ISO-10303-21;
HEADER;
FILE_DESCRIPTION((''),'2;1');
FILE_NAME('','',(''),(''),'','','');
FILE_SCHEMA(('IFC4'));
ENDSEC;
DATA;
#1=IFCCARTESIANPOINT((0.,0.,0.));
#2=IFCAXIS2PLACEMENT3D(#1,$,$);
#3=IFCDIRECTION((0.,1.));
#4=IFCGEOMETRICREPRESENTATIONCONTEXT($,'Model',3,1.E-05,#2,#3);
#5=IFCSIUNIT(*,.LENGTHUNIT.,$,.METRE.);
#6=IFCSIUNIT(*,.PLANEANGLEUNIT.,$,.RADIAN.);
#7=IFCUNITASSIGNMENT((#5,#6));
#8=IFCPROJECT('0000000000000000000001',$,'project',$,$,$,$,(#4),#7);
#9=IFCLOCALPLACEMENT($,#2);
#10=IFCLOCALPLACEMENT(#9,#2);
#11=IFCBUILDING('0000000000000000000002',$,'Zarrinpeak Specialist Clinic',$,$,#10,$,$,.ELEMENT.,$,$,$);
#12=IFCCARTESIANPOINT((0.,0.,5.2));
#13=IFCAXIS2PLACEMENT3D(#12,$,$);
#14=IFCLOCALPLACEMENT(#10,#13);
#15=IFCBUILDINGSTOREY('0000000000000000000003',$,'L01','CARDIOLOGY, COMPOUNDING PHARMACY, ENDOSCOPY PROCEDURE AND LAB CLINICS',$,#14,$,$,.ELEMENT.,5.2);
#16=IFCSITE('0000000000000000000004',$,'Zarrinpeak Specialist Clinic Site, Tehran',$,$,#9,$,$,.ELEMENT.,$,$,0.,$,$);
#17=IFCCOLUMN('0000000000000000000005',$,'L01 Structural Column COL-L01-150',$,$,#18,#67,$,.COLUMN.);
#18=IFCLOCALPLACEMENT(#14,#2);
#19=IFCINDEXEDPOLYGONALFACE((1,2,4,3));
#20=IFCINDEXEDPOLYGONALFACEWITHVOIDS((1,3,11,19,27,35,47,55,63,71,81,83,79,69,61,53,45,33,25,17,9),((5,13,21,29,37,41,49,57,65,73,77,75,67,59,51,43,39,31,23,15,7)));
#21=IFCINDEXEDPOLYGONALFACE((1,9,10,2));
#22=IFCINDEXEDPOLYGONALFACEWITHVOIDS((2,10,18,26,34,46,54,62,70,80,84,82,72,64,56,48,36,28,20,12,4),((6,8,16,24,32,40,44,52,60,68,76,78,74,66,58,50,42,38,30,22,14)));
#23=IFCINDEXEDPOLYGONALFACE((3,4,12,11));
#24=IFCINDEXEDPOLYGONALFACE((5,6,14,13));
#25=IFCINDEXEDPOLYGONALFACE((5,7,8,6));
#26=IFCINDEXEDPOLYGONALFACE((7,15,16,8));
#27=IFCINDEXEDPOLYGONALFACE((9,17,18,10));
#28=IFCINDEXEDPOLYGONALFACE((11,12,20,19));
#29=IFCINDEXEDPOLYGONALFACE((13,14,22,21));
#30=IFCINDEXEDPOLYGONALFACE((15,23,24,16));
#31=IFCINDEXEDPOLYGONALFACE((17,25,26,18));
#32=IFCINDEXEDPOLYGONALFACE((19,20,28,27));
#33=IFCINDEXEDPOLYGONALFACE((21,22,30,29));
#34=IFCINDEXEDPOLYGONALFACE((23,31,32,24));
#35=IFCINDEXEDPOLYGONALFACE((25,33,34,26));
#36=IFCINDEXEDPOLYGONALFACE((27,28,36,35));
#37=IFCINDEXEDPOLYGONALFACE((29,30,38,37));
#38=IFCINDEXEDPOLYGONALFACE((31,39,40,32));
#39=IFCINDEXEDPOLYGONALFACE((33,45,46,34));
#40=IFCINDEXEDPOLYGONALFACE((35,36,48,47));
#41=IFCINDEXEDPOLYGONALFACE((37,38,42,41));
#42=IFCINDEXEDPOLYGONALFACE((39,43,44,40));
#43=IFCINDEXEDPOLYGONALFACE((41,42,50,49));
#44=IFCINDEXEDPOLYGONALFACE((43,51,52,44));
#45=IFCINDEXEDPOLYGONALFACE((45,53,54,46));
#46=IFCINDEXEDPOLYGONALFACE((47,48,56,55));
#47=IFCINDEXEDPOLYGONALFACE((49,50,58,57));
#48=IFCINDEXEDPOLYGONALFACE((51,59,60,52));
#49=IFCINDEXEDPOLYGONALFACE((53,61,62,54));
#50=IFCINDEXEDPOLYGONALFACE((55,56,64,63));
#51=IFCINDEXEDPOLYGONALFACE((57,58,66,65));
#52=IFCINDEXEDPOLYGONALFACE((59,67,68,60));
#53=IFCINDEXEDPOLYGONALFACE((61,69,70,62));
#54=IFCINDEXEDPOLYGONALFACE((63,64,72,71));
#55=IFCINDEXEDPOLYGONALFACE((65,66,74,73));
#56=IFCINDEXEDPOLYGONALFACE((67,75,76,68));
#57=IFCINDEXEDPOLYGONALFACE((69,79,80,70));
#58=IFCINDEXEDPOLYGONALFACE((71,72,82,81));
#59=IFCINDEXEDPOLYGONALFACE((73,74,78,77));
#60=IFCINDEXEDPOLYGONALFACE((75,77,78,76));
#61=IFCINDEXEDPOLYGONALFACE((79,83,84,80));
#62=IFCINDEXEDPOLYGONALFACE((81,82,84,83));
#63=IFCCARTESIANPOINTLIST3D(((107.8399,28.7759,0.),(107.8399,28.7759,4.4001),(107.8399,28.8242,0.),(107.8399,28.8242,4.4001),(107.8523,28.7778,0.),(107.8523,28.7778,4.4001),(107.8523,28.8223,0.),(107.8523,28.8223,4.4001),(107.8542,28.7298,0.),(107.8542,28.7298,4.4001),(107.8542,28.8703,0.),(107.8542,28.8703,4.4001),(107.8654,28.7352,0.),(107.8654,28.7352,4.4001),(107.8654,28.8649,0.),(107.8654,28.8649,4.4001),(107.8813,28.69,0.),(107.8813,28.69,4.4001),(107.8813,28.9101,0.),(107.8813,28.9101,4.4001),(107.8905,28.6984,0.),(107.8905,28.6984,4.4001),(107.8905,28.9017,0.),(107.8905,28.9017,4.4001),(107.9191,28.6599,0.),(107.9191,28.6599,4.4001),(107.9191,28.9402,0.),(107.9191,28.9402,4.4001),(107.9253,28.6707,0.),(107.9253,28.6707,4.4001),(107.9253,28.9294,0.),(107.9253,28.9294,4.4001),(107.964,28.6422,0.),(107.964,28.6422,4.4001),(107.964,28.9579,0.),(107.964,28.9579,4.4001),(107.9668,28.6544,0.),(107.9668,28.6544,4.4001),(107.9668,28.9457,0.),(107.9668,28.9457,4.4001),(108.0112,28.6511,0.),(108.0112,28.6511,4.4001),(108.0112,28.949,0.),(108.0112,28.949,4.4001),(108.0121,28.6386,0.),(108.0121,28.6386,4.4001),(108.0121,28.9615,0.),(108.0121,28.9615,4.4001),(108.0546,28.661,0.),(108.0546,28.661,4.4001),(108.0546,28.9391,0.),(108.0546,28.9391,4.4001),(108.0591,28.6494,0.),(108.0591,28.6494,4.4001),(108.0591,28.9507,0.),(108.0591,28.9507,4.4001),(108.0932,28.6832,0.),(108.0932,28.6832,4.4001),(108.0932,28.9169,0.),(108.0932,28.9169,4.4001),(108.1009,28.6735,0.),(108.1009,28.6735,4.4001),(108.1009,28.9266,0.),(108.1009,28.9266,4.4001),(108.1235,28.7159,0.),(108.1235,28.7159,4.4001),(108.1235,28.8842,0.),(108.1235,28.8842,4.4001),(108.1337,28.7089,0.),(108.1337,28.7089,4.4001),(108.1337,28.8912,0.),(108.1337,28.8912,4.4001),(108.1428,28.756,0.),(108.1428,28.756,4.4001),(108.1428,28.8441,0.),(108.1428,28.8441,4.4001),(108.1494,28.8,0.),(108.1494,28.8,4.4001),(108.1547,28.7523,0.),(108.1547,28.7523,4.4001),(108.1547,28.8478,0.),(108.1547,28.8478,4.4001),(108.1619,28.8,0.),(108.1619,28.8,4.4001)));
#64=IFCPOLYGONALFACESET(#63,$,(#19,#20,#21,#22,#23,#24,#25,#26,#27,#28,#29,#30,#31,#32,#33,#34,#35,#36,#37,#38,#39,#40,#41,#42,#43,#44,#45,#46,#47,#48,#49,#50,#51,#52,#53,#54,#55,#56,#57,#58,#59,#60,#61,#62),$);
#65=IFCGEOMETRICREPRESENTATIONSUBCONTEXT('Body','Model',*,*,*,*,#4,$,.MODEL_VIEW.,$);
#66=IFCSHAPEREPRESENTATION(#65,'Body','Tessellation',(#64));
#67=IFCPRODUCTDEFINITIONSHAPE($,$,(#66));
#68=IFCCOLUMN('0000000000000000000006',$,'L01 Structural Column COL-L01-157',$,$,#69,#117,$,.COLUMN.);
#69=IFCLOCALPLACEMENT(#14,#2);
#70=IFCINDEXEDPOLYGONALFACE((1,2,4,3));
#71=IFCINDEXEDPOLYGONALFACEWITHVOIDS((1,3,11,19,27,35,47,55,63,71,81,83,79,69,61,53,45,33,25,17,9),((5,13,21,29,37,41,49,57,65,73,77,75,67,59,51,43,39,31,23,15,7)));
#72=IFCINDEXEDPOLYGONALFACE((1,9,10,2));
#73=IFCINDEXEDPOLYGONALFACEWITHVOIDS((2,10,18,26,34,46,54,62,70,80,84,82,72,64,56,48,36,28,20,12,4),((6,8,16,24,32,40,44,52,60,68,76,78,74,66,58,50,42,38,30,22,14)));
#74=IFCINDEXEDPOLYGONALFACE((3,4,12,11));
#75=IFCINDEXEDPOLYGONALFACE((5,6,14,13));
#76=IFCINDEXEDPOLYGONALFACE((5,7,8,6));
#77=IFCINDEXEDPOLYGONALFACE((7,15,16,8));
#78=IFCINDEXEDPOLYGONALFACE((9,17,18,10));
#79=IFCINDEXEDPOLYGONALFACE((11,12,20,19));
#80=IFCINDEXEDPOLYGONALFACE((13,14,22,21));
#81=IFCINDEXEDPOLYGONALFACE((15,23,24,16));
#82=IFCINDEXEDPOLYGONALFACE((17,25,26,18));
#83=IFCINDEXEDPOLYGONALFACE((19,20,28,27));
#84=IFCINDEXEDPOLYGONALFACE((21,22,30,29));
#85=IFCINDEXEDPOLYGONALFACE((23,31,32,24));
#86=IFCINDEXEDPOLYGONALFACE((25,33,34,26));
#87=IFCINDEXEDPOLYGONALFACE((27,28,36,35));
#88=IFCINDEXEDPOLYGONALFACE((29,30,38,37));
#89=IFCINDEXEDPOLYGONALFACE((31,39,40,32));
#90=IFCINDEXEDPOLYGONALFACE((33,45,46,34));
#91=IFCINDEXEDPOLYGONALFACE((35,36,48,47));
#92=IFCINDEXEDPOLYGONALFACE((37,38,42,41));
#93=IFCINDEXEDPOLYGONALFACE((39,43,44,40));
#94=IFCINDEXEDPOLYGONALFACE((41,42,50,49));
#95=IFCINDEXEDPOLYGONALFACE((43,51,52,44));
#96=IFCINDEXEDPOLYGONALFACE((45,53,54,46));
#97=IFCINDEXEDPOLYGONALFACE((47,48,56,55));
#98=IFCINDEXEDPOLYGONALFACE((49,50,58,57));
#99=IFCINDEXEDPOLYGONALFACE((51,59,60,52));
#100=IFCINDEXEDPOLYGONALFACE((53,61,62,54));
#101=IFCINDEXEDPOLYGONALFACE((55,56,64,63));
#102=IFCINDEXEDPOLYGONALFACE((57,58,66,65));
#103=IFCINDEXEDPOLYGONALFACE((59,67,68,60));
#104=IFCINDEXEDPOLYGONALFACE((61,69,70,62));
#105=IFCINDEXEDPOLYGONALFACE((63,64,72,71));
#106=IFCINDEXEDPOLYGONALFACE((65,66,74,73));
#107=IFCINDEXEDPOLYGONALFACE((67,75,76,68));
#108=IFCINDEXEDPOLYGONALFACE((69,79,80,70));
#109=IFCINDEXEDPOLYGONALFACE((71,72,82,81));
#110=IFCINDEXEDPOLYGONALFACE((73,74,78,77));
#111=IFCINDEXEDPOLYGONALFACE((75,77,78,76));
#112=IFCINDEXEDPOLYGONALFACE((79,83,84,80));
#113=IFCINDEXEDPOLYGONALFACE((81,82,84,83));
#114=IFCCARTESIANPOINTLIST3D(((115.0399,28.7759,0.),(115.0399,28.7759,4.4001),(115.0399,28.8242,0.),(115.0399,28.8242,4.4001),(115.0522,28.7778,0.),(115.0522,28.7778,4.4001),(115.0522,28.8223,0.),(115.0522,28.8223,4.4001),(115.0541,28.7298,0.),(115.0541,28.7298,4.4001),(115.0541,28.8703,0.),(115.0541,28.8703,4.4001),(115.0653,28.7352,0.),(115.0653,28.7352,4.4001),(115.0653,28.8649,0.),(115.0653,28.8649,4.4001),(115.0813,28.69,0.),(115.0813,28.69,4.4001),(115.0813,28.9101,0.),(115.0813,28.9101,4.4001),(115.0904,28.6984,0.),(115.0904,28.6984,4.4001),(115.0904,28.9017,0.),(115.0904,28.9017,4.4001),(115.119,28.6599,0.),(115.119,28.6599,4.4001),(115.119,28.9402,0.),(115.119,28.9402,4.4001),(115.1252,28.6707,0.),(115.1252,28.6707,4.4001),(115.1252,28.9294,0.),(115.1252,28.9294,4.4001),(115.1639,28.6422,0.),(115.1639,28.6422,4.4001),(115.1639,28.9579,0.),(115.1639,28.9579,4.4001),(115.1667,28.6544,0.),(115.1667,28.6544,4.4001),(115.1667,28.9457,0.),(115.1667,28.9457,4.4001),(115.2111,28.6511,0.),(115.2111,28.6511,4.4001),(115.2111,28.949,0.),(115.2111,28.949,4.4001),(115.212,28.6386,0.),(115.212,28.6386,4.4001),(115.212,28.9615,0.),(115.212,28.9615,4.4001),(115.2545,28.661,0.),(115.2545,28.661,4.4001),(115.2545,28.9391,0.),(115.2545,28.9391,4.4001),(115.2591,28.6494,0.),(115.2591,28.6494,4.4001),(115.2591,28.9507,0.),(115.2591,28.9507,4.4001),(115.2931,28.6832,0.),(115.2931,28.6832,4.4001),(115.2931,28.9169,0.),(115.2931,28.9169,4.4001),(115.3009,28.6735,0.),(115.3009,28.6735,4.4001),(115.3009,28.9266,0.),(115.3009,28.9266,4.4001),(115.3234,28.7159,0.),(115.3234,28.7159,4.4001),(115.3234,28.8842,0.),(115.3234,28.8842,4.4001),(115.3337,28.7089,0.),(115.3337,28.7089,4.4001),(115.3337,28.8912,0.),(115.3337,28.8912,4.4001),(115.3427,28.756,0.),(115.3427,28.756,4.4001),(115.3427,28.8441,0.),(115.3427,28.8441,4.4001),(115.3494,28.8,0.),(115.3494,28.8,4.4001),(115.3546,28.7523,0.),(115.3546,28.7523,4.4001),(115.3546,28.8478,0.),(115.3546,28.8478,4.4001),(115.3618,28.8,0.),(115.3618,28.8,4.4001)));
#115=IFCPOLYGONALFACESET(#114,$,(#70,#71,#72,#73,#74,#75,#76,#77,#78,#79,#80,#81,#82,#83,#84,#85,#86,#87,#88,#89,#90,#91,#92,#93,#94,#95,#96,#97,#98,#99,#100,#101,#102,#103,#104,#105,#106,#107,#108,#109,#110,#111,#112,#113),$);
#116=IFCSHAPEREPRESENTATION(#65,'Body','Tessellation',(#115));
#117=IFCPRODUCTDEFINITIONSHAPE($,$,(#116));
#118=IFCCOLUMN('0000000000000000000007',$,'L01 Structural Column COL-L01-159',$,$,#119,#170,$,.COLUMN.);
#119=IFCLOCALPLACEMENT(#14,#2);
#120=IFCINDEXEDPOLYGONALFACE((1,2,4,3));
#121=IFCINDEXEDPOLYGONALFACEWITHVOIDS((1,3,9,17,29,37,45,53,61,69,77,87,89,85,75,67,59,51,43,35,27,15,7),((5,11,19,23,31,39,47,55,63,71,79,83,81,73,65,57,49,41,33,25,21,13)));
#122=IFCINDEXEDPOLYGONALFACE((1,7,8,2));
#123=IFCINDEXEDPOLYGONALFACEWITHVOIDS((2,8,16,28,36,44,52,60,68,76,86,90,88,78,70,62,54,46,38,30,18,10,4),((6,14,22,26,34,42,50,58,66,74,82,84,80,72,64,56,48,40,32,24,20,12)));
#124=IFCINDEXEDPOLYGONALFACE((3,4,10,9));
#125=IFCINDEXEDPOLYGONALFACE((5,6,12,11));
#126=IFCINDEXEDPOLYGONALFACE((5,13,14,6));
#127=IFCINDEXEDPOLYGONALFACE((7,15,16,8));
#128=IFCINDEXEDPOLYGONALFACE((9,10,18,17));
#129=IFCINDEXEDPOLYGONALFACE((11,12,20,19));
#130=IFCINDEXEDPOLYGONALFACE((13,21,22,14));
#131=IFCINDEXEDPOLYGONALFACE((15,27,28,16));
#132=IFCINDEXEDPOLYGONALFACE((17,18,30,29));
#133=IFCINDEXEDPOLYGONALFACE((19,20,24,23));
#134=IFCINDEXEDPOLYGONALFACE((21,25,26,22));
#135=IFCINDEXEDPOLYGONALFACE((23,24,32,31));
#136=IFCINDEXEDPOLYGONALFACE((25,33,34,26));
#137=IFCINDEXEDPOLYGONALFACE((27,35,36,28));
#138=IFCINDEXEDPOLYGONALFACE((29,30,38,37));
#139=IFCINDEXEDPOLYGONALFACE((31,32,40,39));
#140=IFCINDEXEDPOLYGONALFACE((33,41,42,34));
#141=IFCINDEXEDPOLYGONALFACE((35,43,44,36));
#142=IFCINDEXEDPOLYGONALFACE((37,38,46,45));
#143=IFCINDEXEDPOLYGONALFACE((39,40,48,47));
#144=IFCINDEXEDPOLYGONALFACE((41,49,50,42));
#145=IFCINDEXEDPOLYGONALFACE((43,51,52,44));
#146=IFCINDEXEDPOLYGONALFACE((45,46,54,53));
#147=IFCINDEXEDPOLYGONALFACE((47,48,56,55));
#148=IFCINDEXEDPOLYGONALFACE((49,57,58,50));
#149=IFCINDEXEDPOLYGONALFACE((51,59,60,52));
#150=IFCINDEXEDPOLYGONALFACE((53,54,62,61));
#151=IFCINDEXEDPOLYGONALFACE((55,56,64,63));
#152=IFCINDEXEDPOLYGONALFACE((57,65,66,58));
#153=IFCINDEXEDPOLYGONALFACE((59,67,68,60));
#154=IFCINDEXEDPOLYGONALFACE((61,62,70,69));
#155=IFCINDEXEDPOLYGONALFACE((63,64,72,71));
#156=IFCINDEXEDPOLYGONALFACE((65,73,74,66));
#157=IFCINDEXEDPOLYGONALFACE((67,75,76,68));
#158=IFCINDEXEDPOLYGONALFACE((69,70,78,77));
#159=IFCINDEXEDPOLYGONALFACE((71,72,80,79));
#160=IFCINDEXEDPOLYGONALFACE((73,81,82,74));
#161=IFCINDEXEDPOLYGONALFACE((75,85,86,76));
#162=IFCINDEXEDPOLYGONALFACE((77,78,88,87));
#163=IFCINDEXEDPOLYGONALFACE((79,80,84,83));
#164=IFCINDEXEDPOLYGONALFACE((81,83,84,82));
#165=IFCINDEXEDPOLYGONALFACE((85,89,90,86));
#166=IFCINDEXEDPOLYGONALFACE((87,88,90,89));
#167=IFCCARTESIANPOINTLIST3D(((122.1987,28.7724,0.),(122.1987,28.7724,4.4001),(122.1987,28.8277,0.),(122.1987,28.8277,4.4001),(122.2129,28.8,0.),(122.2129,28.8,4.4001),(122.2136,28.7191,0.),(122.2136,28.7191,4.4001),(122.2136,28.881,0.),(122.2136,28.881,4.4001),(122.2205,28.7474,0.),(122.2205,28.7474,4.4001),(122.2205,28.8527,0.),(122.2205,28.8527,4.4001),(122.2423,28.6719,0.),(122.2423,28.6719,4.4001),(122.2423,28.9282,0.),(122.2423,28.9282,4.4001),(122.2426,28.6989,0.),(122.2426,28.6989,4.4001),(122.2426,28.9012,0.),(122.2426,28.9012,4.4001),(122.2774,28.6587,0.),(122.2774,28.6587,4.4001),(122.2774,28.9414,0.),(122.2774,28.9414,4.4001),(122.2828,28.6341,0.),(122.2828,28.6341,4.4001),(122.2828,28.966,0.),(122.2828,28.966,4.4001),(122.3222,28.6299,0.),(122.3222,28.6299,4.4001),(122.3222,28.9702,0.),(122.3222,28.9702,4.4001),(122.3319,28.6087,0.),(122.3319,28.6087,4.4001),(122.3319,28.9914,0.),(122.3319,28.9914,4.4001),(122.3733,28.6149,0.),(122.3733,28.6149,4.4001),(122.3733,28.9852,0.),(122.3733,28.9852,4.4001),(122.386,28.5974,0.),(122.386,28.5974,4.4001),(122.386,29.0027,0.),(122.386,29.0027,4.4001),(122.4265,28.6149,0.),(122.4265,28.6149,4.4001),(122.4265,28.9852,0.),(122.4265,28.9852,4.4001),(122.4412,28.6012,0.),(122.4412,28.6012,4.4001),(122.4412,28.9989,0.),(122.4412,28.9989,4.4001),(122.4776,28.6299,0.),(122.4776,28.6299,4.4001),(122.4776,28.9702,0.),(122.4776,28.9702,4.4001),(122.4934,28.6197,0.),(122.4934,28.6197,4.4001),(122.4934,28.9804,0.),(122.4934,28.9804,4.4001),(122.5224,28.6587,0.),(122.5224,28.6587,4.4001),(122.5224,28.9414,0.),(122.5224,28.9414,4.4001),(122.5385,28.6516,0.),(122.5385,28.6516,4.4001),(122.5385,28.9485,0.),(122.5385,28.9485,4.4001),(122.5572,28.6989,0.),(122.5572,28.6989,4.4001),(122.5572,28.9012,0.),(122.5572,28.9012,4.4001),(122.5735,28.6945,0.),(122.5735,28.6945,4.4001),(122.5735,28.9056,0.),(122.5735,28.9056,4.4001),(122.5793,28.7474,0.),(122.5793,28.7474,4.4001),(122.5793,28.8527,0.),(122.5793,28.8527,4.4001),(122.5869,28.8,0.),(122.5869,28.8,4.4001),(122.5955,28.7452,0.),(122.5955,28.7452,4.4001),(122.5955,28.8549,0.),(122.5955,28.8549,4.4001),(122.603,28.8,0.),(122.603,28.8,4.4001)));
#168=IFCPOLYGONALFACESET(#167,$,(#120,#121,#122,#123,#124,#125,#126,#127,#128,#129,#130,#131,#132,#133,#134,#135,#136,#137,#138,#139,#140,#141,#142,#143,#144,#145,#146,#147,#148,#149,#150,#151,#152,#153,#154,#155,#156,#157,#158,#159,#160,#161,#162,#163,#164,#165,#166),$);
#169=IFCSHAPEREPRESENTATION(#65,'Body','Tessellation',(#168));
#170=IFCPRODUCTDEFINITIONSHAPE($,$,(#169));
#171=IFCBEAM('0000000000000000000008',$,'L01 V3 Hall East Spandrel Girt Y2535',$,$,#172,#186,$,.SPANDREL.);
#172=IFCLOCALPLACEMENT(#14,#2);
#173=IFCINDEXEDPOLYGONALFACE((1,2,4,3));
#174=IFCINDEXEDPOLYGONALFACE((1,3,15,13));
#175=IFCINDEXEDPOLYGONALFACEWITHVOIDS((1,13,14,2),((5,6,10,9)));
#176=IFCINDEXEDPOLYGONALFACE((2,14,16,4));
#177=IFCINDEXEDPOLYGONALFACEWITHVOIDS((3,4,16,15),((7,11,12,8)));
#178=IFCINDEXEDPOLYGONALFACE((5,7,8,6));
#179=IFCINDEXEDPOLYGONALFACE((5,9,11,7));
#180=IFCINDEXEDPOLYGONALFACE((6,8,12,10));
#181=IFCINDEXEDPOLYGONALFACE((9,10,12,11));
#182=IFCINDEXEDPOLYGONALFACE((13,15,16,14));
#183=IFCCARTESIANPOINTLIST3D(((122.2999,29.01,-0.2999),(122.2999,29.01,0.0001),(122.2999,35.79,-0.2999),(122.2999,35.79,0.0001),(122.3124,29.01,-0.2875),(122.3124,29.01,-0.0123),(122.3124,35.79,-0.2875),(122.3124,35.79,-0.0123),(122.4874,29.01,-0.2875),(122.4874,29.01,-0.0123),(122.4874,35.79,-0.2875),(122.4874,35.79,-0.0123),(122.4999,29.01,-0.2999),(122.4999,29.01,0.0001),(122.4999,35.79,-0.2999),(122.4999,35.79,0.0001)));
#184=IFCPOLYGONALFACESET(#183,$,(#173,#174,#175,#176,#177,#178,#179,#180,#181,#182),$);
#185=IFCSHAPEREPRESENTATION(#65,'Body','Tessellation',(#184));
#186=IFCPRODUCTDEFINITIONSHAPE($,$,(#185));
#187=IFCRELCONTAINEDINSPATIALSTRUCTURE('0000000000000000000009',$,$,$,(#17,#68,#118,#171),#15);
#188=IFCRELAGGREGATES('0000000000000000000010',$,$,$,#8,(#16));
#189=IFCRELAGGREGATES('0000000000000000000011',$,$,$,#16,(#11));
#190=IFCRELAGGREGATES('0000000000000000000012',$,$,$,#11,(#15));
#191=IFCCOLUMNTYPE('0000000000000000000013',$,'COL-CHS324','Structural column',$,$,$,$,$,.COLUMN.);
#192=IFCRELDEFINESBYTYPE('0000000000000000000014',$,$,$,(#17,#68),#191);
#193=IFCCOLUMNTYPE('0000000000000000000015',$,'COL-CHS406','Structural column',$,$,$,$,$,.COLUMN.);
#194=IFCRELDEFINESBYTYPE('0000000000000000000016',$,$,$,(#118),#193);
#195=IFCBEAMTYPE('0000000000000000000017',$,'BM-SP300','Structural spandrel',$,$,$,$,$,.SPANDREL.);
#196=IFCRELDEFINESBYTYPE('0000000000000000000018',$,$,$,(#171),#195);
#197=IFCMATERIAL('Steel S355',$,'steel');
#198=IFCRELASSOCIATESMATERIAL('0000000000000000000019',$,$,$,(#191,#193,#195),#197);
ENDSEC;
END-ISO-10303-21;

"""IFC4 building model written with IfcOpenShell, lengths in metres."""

from ifc_helpers import new_model, si_unit, direction, frame, origin, origin_2d, place, context, subcontext, project, spatial, hollow_rectangle, hollow_circle, extrude, material, material_profile, profile_set, type_object, element, save


model = new_model("IFC4")

# Units and contexts
model_context = context("Model", 3, precision=1e-05, world=origin(), true_north=direction((0.0, 1.0)))
body_context = subcontext(model_context, "Body", "Model", "MODEL_VIEW")
ifc_project = project(units=[si_unit("LENGTHUNIT", "METRE"), si_unit("PLANEANGLEUNIT", "RADIAN")], contexts=[model_context])

# Site, building, storey
site_placement = place(None, origin())
site = spatial("IfcSite", under=ifc_project, at=site_placement, Name="Zarrinpeak Specialist Clinic Site, Tehran", CompositionType="ELEMENT", RefElevation=0.0)
building_placement = place(site_placement, origin())
building = spatial("IfcBuilding", under=site, at=building_placement, Name="Zarrinpeak Specialist Clinic", CompositionType="ELEMENT")
storey_placement = place(building_placement, frame((0.0, 0.0, 5.2)))
storey = spatial("IfcBuildingStorey", under=building, at=storey_placement, Name="L01", Description="CARDIOLOGY, COMPOUNDING PHARMACY, ENDOSCOPY PROCEDURE AND LAB CLINICS", CompositionType="ELEMENT", Elevation=5.2)

# Columns
ifc_material_1 = material(Name="Steel S355", Category="steel")
ifc_material_profile_1 = material_profile(ifc_material_1, hollow_circle(Radius=0.1619, WallThickness=0.0125, at=origin_2d()), Name="CHS 323.9x12.5")
ifc_profile_set_1 = profile_set([ifc_material_profile_1], Name="Steel S355")
column_type_1 = type_object("IfcColumnType", Name="COL-CHS324", Description="Structural column", PredefinedType="COLUMN", material=ifc_profile_set_1)
for number, where, z_axis, x_axis, name in (
    (1, (108.0, 28.8, 0.0), (0.0, 0.0, 1.0), (1.0, 0.0, 0.0), "L01 Structural Column COL-L01-150"),
    (2, (115.2, 28.8, 0.0), (0.0, 0.0, 1.0), (1.0, 0.0, 0.0), "L01 Structural Column COL-L01-157"),
):
    element("IfcColumn", number, at=place(storey_placement, frame(where, z_axis=z_axis, x_axis=x_axis)), inside=storey, type_object=column_type_1, Name=name, PredefinedType="COLUMN", context=body_context, shape_type="SweptSolid", body=[
        extrude(hollow_circle(Radius=0.1619, WallThickness=0.0125, at=origin_2d()), origin(), (0.0, 0.0, 1.0), 4.4001),
    ])
ifc_material_profile_2 = material_profile(ifc_material_1, hollow_circle(Radius=0.2031, WallThickness=0.0161, at=origin_2d()), Name="CHS 406.4x16.0")
ifc_profile_set_2 = profile_set([ifc_material_profile_2], Name="Steel S355")
column_type_2 = type_object("IfcColumnType", Name="COL-CHS406", Description="Structural column", PredefinedType="COLUMN", material=ifc_profile_set_2)
column_placement = place(storey_placement, frame((122.3999, 28.8, 0.0), z_axis=(0.0, 0.0, 1.0), x_axis=(1.0, 0.0, 0.0)))
element("IfcColumn", 3, at=column_placement, inside=storey, type_object=column_type_2, Name="L01 Structural Column COL-L01-159", PredefinedType="COLUMN", context=body_context, shape_type="SweptSolid", body=[
    extrude(hollow_circle(Radius=0.2031, WallThickness=0.0161, at=origin_2d()), origin(), (0.0, 0.0, 1.0), 4.4001),
])

# Beam
ifc_material_profile_3 = material_profile(ifc_material_1, hollow_rectangle(XDim=0.2, YDim=0.3, WallThickness=0.0125, at=origin_2d()), Name="RHS 300x200x12.5")
ifc_profile_set_3 = profile_set([ifc_material_profile_3], Name="Steel S355")
beam_type_1 = type_object("IfcBeamType", Name="BM-SP300", Description="Structural spandrel", PredefinedType="SPANDREL", material=ifc_profile_set_3)
beam_1_placement = place(storey_placement, frame((122.3999, 29.01, -0.1499), z_axis=(0.0, 1.0, 0.0), x_axis=(-1.0, 0.0, 0.0)))
element("IfcBeam", 4, at=beam_1_placement, inside=storey, type_object=beam_type_1, Name="L01 V3 Hall East Spandrel Girt Y2535", PredefinedType="SPANDREL", context=body_context, shape_type="SweptSolid", body=[
    extrude(hollow_rectangle(XDim=0.2, YDim=0.3, WallThickness=0.0125, at=origin_2d()), origin(), (0.0, 0.0, 1.0), 6.78),
])

save(model, "model.ifc")
